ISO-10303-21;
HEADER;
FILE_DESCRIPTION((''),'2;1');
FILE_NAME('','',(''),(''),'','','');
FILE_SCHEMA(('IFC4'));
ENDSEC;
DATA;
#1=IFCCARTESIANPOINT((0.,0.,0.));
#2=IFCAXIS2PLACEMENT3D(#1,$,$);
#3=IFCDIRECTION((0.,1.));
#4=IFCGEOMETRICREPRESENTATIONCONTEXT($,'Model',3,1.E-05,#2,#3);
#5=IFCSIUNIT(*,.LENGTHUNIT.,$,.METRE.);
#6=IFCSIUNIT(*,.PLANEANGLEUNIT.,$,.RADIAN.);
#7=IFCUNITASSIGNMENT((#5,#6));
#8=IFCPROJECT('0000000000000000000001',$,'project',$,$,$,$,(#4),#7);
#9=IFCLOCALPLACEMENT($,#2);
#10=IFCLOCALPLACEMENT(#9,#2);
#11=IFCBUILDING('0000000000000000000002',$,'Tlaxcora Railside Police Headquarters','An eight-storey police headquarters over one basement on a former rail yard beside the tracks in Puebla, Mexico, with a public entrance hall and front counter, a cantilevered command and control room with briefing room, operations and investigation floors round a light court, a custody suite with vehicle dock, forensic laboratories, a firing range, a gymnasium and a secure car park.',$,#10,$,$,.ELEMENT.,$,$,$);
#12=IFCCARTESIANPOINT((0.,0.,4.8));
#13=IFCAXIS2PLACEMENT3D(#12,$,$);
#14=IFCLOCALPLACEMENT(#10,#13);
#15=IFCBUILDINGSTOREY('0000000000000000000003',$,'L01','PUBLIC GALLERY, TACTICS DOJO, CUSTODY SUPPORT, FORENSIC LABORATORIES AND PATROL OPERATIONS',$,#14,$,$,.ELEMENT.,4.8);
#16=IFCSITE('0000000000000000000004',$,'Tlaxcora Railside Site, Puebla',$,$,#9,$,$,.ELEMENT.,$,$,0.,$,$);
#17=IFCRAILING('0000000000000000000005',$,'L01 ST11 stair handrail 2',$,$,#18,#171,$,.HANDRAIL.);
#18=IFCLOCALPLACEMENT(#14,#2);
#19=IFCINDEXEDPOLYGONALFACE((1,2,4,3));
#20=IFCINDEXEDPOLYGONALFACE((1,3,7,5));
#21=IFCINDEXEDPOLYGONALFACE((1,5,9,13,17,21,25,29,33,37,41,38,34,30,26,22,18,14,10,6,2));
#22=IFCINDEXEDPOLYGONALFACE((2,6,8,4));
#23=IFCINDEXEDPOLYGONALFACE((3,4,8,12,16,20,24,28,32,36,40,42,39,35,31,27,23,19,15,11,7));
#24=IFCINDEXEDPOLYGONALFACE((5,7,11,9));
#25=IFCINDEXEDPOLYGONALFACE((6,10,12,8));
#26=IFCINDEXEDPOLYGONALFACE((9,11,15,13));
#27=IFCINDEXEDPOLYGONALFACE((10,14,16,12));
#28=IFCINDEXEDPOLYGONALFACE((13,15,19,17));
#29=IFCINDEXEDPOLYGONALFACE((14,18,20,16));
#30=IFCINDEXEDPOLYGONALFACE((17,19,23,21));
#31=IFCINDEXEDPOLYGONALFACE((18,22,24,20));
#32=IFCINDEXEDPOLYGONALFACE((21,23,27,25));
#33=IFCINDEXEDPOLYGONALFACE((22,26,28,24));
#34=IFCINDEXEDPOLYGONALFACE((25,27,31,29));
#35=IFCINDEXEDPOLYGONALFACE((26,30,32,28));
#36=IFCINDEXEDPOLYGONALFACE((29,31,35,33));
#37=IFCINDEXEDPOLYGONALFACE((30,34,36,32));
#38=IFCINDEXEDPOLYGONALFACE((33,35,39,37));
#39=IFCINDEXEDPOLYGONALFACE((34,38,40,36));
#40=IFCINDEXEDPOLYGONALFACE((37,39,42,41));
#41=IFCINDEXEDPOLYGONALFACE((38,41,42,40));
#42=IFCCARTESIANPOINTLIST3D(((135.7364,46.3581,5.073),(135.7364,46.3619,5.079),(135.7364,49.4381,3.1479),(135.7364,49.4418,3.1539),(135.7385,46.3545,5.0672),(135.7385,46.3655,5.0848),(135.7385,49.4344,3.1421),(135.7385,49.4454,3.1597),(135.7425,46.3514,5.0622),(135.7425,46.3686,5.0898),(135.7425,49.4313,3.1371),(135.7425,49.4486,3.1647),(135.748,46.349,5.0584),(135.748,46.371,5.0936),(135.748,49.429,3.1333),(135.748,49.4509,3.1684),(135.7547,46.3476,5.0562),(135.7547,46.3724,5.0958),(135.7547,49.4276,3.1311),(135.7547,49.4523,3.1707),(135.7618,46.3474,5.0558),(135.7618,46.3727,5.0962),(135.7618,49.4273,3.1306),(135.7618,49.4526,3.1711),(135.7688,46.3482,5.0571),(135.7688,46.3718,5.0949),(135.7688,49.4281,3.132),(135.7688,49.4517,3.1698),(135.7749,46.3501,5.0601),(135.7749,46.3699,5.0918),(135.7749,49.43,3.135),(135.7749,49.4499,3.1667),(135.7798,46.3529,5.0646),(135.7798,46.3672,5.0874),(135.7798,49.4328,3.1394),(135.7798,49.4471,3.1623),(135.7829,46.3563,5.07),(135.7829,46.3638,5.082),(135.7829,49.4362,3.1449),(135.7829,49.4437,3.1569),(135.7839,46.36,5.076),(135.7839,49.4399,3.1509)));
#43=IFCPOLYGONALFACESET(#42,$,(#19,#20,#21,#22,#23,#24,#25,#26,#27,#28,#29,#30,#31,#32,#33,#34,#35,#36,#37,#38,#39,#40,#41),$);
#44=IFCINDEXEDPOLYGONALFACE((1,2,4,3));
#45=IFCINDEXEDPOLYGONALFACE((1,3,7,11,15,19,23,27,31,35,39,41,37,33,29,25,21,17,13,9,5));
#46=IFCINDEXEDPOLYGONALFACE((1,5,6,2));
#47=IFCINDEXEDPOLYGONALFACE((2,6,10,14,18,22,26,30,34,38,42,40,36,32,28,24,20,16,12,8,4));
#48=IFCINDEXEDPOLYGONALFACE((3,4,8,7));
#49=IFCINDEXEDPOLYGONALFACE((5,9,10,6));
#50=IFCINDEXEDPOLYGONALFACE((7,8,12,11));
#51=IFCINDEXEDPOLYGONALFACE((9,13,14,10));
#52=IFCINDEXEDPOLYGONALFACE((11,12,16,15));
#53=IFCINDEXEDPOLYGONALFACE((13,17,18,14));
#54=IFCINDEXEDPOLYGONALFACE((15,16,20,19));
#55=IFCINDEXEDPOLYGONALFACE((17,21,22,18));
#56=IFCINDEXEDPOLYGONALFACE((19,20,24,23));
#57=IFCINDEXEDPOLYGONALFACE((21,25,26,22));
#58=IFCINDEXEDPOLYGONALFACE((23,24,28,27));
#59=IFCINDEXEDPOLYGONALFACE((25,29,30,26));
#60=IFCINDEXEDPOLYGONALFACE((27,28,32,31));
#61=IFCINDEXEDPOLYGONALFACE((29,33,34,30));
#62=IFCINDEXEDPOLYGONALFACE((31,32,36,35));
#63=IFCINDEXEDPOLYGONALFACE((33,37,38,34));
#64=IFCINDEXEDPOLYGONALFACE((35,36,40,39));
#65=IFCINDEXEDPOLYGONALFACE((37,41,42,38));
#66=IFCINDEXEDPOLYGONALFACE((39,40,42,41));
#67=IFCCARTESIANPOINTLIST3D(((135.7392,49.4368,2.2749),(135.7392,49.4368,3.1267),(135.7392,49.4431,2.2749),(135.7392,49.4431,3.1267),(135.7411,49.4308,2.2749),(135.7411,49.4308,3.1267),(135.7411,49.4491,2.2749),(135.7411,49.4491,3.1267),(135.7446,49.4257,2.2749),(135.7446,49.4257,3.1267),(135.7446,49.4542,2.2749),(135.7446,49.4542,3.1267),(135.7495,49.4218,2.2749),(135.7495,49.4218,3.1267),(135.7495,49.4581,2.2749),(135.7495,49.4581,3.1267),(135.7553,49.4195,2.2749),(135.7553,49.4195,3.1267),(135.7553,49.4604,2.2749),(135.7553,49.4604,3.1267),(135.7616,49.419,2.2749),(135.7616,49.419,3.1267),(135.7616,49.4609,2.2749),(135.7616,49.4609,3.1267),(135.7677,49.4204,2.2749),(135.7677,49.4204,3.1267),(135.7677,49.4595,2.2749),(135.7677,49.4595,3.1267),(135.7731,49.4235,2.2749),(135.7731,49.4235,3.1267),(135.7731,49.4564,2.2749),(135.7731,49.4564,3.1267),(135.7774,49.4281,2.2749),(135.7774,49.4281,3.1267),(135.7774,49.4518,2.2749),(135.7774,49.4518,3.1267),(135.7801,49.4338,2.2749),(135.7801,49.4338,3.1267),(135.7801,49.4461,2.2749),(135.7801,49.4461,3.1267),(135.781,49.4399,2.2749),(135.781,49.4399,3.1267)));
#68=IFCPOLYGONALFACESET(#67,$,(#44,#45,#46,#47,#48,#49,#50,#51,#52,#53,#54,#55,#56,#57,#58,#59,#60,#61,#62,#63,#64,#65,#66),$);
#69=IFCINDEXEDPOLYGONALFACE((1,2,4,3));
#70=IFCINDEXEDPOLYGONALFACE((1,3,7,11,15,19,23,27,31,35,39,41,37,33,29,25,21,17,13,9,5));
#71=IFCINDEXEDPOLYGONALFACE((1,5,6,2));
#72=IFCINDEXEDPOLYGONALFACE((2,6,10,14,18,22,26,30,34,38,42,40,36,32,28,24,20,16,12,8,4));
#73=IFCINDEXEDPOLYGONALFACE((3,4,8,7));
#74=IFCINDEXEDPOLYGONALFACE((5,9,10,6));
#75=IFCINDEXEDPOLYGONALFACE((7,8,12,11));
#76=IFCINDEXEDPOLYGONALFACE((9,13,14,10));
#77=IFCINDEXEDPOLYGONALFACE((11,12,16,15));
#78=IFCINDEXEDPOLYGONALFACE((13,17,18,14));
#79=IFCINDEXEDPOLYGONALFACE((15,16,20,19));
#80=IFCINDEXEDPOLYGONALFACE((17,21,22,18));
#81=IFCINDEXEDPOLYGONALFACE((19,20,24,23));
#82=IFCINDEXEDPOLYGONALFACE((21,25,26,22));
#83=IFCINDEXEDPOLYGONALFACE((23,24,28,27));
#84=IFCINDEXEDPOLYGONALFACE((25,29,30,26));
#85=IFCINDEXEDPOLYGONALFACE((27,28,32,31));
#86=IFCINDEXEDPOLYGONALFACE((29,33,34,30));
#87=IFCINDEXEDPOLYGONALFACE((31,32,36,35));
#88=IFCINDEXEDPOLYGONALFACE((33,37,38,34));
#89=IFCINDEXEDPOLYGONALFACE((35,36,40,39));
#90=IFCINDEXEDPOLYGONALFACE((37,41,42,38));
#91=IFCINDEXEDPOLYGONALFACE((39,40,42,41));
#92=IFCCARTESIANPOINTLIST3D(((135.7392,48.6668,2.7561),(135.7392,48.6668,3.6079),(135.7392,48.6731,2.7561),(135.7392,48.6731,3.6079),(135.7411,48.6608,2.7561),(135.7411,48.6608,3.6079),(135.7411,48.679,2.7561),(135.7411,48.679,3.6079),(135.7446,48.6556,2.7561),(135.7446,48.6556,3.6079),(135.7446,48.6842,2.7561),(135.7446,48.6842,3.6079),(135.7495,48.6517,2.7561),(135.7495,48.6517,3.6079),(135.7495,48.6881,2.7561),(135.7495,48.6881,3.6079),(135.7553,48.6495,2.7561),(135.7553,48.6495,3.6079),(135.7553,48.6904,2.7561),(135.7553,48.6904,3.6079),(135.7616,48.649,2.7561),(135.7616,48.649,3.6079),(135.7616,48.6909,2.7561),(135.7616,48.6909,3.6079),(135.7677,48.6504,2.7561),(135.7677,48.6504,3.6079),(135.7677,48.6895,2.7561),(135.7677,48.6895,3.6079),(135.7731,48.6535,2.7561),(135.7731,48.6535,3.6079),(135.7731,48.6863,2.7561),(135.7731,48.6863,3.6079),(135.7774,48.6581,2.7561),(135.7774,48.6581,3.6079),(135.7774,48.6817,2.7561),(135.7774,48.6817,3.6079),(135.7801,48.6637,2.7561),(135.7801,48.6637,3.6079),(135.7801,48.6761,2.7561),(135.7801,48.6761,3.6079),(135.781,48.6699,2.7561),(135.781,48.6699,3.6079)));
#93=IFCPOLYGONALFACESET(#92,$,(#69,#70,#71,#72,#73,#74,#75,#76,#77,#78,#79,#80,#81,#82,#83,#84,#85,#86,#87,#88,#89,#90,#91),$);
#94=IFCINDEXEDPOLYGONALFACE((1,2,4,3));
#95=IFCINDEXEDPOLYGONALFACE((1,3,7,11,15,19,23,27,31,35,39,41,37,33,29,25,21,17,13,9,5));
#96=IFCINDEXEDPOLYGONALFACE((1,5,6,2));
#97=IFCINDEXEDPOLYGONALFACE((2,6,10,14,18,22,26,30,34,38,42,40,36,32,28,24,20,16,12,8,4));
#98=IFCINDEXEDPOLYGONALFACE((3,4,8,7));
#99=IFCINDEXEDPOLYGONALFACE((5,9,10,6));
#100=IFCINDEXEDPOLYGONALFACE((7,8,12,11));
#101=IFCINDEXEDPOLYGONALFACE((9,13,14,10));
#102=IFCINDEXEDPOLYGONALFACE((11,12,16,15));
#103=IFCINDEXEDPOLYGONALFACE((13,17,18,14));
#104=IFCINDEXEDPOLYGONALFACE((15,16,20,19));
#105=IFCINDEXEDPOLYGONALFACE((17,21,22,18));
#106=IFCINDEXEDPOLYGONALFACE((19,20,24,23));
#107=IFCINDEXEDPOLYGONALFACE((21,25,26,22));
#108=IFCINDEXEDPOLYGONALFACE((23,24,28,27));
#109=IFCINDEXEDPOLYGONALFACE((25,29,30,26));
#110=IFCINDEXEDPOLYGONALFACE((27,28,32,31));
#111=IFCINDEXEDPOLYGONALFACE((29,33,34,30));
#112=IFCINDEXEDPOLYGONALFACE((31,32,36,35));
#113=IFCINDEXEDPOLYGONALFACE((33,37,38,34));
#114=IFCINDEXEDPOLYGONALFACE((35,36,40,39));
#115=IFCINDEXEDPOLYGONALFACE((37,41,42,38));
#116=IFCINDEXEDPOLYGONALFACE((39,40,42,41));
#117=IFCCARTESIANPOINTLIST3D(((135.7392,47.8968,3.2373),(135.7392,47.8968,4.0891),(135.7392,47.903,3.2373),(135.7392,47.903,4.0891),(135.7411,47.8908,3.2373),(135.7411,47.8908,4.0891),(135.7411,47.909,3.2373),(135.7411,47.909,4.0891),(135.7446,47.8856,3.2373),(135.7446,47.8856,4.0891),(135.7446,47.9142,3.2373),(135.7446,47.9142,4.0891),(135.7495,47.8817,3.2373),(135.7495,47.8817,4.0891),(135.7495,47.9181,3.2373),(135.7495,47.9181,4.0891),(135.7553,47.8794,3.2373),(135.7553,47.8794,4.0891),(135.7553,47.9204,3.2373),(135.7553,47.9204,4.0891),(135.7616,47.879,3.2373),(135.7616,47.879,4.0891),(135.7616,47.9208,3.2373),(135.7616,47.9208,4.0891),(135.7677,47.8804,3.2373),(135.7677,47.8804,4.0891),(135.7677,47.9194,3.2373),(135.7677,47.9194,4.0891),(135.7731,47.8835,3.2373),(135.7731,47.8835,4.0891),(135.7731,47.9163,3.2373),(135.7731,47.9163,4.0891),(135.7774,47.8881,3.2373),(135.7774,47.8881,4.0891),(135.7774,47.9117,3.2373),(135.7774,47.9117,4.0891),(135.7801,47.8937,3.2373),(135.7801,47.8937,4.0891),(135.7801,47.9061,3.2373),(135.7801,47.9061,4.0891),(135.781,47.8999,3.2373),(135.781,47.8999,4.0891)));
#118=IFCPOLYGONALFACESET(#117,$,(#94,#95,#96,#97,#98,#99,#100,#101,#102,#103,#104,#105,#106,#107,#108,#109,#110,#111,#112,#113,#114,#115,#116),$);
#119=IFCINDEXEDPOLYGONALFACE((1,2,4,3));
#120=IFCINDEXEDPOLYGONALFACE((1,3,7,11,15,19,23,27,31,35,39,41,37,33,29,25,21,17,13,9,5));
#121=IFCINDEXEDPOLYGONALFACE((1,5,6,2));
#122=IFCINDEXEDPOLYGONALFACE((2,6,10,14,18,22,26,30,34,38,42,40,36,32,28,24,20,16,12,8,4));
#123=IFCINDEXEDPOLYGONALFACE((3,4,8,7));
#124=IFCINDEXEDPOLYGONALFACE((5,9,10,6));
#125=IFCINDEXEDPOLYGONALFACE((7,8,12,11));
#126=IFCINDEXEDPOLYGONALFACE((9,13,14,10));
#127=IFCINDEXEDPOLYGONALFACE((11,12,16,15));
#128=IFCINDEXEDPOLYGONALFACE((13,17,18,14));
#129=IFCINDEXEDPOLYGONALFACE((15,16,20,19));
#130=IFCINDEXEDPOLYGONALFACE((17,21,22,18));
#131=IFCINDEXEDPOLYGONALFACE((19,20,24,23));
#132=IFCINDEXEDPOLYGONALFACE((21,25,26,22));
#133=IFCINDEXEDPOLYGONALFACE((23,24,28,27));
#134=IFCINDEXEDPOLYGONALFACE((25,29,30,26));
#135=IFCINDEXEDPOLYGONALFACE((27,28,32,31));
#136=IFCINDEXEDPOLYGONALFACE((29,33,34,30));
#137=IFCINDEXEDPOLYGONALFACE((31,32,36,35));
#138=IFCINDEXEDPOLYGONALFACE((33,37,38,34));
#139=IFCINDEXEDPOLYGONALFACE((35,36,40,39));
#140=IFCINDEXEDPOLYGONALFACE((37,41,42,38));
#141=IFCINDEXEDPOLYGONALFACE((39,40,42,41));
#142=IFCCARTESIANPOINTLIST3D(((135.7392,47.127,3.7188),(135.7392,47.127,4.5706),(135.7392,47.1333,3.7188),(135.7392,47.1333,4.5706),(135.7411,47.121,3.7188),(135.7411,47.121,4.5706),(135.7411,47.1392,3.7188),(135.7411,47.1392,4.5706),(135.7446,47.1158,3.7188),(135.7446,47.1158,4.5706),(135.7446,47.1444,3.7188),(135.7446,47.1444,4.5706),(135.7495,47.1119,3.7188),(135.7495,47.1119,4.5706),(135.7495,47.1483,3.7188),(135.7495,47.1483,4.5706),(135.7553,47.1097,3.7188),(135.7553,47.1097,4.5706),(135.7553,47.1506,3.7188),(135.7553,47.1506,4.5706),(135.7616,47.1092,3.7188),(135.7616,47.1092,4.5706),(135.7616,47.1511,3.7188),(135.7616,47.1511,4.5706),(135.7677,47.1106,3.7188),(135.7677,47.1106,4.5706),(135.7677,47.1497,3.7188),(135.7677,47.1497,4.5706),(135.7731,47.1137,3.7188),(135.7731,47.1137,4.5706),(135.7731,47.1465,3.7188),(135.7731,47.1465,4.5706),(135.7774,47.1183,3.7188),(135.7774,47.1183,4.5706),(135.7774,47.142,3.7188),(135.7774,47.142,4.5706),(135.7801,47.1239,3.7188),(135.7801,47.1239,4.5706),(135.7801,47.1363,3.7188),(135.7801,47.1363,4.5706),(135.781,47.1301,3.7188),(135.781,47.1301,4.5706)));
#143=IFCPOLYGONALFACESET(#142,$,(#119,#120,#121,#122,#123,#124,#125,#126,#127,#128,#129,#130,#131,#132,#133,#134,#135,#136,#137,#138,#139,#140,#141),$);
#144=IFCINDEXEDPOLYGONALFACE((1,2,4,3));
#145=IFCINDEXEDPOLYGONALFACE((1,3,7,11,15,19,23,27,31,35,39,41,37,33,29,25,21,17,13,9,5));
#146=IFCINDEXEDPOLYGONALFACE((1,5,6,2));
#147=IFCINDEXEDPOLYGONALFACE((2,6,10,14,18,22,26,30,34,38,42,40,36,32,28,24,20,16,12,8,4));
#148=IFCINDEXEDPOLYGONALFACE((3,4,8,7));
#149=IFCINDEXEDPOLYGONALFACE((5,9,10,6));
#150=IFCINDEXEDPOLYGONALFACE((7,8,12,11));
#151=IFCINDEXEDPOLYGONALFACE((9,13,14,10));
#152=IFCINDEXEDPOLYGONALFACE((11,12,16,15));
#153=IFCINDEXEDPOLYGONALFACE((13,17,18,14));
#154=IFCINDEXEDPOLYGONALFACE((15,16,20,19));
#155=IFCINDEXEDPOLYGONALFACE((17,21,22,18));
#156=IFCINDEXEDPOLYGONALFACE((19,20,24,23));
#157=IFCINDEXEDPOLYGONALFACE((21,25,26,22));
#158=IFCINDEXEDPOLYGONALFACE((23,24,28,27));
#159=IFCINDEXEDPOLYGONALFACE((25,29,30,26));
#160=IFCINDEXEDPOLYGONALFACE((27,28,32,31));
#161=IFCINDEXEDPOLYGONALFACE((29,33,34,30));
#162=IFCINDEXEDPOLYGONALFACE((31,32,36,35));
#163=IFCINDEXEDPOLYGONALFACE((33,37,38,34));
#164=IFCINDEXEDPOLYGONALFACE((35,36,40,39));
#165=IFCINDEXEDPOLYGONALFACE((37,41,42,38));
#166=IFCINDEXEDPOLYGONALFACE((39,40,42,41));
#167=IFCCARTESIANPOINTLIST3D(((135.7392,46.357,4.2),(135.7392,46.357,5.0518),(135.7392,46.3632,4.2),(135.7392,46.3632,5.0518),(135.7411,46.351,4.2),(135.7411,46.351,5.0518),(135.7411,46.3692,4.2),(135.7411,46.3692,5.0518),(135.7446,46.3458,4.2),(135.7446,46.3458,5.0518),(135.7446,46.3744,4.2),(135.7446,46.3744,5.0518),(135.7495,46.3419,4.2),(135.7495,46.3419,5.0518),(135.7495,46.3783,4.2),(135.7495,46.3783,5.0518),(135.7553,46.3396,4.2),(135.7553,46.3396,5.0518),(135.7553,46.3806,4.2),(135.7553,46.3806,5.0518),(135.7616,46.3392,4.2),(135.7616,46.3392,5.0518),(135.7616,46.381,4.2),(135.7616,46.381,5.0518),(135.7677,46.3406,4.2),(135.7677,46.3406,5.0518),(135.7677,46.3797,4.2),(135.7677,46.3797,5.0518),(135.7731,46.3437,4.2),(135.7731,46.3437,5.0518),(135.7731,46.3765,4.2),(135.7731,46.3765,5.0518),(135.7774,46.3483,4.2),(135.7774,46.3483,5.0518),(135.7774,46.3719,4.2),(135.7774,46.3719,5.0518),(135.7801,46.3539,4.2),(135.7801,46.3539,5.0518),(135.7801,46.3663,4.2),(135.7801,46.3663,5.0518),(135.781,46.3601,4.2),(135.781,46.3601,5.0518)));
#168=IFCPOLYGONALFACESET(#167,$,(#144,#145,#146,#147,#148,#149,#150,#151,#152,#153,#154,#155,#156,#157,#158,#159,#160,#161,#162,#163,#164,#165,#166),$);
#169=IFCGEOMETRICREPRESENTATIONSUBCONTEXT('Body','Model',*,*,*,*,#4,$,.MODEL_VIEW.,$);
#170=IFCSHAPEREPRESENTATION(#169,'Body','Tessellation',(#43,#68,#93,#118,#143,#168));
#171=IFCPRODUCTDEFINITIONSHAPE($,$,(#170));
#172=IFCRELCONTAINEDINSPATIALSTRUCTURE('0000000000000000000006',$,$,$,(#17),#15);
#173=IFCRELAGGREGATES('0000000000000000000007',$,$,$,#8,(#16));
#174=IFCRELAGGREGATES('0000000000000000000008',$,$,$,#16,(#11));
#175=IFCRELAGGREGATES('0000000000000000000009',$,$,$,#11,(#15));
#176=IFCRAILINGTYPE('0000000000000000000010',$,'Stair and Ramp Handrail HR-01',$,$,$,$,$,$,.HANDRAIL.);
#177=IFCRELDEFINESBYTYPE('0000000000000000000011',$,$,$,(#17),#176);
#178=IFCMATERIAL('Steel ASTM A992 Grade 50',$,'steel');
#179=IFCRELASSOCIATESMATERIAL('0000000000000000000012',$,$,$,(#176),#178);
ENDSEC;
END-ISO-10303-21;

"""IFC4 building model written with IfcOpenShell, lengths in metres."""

from ifc_helpers import new_model, si_unit, direction, frame, origin, origin_2d, place, context, subcontext, project, spatial, circle, extrude, material, type_object, element, save


model = new_model("IFC4")

# Units and contexts
model_context = context("Model", 3, precision=1e-05, world=origin(), true_north=direction((0.0, 1.0)))
body_context = subcontext(model_context, "Body", "Model", "MODEL_VIEW")
ifc_project = project(units=[si_unit("LENGTHUNIT", "METRE"), si_unit("PLANEANGLEUNIT", "RADIAN")], contexts=[model_context])

# Site, building, storey
site_placement = place(None, origin())
site = spatial("IfcSite", under=ifc_project, at=site_placement, Name="Tlaxcora Railside Site, Puebla", CompositionType="ELEMENT", RefElevation=0.0)
building_placement = place(site_placement, origin())
building = spatial("IfcBuilding", under=site, at=building_placement, Name="Tlaxcora Railside Police Headquarters", Description="An eight-storey police headquarters over one basement on a former rail yard beside the tracks in Puebla, Mexico, with a public entrance hall and front counter, a cantilevered command and control room with briefing room, operations and investigation floors round a light court, a custody suite with vehicle dock, forensic laboratories, a firing range, a gymnasium and a secure car park.", CompositionType="ELEMENT")
storey_placement = place(building_placement, frame((0.0, 0.0, 4.8)))
storey = spatial("IfcBuildingStorey", under=building, at=storey_placement, Name="L01", Description="PUBLIC GALLERY, TACTICS DOJO, CUSTODY SUPPORT, FORENSIC LABORATORIES AND PATROL OPERATIONS", CompositionType="ELEMENT", Elevation=4.8)

# Shared definitions
ifc_material_1 = material(Name="Steel ASTM A992 Grade 50", Category="steel")

# Railing
railing_type_1 = type_object("IfcRailingType", Name="Stair and Ramp Handrail HR-01", PredefinedType="HANDRAIL", material=ifc_material_1)
railing_1_placement = place(storey_placement, frame((135.76, 49.4399, 2.2749)))
element("IfcRailing", 1, at=railing_1_placement, inside=storey, type_object=railing_type_1, Name="L01 ST11 stair handrail 2", PredefinedType="HANDRAIL", context=body_context, shape_type="SweptSolid", body=[
    extrude(circle(Radius=0.0239, at=origin_2d()), frame((0.0, 0.0, 0.876), z_axis=(0.0, -0.847979, 0.530029), x_axis=(1.0, 0.0, 0.0)), (0.0, 0.0, 1.0), 3.6321),
    extrude(circle(Radius=0.021, at=origin_2d()), origin(), (0.0, 0.0, 1.0), 0.8518),
    extrude(circle(Radius=0.021, at=origin_2d()), frame((0.0, -0.77, 0.4812)), (0.0, 0.0, 1.0), 0.8518),
    extrude(circle(Radius=0.021, at=origin_2d()), frame((0.0, -1.54, 0.9624)), (0.0, 0.0, 1.0), 0.8518),
    extrude(circle(Radius=0.021, at=origin_2d()), frame((0.0, -2.3098, 1.4438)), (0.0, 0.0, 1.0), 0.8518),
    extrude(circle(Radius=0.021, at=origin_2d()), frame((0.0, -3.0798, 1.925)), (0.0, 0.0, 1.0), 0.8518),
])

save(model, "model.ifc")
